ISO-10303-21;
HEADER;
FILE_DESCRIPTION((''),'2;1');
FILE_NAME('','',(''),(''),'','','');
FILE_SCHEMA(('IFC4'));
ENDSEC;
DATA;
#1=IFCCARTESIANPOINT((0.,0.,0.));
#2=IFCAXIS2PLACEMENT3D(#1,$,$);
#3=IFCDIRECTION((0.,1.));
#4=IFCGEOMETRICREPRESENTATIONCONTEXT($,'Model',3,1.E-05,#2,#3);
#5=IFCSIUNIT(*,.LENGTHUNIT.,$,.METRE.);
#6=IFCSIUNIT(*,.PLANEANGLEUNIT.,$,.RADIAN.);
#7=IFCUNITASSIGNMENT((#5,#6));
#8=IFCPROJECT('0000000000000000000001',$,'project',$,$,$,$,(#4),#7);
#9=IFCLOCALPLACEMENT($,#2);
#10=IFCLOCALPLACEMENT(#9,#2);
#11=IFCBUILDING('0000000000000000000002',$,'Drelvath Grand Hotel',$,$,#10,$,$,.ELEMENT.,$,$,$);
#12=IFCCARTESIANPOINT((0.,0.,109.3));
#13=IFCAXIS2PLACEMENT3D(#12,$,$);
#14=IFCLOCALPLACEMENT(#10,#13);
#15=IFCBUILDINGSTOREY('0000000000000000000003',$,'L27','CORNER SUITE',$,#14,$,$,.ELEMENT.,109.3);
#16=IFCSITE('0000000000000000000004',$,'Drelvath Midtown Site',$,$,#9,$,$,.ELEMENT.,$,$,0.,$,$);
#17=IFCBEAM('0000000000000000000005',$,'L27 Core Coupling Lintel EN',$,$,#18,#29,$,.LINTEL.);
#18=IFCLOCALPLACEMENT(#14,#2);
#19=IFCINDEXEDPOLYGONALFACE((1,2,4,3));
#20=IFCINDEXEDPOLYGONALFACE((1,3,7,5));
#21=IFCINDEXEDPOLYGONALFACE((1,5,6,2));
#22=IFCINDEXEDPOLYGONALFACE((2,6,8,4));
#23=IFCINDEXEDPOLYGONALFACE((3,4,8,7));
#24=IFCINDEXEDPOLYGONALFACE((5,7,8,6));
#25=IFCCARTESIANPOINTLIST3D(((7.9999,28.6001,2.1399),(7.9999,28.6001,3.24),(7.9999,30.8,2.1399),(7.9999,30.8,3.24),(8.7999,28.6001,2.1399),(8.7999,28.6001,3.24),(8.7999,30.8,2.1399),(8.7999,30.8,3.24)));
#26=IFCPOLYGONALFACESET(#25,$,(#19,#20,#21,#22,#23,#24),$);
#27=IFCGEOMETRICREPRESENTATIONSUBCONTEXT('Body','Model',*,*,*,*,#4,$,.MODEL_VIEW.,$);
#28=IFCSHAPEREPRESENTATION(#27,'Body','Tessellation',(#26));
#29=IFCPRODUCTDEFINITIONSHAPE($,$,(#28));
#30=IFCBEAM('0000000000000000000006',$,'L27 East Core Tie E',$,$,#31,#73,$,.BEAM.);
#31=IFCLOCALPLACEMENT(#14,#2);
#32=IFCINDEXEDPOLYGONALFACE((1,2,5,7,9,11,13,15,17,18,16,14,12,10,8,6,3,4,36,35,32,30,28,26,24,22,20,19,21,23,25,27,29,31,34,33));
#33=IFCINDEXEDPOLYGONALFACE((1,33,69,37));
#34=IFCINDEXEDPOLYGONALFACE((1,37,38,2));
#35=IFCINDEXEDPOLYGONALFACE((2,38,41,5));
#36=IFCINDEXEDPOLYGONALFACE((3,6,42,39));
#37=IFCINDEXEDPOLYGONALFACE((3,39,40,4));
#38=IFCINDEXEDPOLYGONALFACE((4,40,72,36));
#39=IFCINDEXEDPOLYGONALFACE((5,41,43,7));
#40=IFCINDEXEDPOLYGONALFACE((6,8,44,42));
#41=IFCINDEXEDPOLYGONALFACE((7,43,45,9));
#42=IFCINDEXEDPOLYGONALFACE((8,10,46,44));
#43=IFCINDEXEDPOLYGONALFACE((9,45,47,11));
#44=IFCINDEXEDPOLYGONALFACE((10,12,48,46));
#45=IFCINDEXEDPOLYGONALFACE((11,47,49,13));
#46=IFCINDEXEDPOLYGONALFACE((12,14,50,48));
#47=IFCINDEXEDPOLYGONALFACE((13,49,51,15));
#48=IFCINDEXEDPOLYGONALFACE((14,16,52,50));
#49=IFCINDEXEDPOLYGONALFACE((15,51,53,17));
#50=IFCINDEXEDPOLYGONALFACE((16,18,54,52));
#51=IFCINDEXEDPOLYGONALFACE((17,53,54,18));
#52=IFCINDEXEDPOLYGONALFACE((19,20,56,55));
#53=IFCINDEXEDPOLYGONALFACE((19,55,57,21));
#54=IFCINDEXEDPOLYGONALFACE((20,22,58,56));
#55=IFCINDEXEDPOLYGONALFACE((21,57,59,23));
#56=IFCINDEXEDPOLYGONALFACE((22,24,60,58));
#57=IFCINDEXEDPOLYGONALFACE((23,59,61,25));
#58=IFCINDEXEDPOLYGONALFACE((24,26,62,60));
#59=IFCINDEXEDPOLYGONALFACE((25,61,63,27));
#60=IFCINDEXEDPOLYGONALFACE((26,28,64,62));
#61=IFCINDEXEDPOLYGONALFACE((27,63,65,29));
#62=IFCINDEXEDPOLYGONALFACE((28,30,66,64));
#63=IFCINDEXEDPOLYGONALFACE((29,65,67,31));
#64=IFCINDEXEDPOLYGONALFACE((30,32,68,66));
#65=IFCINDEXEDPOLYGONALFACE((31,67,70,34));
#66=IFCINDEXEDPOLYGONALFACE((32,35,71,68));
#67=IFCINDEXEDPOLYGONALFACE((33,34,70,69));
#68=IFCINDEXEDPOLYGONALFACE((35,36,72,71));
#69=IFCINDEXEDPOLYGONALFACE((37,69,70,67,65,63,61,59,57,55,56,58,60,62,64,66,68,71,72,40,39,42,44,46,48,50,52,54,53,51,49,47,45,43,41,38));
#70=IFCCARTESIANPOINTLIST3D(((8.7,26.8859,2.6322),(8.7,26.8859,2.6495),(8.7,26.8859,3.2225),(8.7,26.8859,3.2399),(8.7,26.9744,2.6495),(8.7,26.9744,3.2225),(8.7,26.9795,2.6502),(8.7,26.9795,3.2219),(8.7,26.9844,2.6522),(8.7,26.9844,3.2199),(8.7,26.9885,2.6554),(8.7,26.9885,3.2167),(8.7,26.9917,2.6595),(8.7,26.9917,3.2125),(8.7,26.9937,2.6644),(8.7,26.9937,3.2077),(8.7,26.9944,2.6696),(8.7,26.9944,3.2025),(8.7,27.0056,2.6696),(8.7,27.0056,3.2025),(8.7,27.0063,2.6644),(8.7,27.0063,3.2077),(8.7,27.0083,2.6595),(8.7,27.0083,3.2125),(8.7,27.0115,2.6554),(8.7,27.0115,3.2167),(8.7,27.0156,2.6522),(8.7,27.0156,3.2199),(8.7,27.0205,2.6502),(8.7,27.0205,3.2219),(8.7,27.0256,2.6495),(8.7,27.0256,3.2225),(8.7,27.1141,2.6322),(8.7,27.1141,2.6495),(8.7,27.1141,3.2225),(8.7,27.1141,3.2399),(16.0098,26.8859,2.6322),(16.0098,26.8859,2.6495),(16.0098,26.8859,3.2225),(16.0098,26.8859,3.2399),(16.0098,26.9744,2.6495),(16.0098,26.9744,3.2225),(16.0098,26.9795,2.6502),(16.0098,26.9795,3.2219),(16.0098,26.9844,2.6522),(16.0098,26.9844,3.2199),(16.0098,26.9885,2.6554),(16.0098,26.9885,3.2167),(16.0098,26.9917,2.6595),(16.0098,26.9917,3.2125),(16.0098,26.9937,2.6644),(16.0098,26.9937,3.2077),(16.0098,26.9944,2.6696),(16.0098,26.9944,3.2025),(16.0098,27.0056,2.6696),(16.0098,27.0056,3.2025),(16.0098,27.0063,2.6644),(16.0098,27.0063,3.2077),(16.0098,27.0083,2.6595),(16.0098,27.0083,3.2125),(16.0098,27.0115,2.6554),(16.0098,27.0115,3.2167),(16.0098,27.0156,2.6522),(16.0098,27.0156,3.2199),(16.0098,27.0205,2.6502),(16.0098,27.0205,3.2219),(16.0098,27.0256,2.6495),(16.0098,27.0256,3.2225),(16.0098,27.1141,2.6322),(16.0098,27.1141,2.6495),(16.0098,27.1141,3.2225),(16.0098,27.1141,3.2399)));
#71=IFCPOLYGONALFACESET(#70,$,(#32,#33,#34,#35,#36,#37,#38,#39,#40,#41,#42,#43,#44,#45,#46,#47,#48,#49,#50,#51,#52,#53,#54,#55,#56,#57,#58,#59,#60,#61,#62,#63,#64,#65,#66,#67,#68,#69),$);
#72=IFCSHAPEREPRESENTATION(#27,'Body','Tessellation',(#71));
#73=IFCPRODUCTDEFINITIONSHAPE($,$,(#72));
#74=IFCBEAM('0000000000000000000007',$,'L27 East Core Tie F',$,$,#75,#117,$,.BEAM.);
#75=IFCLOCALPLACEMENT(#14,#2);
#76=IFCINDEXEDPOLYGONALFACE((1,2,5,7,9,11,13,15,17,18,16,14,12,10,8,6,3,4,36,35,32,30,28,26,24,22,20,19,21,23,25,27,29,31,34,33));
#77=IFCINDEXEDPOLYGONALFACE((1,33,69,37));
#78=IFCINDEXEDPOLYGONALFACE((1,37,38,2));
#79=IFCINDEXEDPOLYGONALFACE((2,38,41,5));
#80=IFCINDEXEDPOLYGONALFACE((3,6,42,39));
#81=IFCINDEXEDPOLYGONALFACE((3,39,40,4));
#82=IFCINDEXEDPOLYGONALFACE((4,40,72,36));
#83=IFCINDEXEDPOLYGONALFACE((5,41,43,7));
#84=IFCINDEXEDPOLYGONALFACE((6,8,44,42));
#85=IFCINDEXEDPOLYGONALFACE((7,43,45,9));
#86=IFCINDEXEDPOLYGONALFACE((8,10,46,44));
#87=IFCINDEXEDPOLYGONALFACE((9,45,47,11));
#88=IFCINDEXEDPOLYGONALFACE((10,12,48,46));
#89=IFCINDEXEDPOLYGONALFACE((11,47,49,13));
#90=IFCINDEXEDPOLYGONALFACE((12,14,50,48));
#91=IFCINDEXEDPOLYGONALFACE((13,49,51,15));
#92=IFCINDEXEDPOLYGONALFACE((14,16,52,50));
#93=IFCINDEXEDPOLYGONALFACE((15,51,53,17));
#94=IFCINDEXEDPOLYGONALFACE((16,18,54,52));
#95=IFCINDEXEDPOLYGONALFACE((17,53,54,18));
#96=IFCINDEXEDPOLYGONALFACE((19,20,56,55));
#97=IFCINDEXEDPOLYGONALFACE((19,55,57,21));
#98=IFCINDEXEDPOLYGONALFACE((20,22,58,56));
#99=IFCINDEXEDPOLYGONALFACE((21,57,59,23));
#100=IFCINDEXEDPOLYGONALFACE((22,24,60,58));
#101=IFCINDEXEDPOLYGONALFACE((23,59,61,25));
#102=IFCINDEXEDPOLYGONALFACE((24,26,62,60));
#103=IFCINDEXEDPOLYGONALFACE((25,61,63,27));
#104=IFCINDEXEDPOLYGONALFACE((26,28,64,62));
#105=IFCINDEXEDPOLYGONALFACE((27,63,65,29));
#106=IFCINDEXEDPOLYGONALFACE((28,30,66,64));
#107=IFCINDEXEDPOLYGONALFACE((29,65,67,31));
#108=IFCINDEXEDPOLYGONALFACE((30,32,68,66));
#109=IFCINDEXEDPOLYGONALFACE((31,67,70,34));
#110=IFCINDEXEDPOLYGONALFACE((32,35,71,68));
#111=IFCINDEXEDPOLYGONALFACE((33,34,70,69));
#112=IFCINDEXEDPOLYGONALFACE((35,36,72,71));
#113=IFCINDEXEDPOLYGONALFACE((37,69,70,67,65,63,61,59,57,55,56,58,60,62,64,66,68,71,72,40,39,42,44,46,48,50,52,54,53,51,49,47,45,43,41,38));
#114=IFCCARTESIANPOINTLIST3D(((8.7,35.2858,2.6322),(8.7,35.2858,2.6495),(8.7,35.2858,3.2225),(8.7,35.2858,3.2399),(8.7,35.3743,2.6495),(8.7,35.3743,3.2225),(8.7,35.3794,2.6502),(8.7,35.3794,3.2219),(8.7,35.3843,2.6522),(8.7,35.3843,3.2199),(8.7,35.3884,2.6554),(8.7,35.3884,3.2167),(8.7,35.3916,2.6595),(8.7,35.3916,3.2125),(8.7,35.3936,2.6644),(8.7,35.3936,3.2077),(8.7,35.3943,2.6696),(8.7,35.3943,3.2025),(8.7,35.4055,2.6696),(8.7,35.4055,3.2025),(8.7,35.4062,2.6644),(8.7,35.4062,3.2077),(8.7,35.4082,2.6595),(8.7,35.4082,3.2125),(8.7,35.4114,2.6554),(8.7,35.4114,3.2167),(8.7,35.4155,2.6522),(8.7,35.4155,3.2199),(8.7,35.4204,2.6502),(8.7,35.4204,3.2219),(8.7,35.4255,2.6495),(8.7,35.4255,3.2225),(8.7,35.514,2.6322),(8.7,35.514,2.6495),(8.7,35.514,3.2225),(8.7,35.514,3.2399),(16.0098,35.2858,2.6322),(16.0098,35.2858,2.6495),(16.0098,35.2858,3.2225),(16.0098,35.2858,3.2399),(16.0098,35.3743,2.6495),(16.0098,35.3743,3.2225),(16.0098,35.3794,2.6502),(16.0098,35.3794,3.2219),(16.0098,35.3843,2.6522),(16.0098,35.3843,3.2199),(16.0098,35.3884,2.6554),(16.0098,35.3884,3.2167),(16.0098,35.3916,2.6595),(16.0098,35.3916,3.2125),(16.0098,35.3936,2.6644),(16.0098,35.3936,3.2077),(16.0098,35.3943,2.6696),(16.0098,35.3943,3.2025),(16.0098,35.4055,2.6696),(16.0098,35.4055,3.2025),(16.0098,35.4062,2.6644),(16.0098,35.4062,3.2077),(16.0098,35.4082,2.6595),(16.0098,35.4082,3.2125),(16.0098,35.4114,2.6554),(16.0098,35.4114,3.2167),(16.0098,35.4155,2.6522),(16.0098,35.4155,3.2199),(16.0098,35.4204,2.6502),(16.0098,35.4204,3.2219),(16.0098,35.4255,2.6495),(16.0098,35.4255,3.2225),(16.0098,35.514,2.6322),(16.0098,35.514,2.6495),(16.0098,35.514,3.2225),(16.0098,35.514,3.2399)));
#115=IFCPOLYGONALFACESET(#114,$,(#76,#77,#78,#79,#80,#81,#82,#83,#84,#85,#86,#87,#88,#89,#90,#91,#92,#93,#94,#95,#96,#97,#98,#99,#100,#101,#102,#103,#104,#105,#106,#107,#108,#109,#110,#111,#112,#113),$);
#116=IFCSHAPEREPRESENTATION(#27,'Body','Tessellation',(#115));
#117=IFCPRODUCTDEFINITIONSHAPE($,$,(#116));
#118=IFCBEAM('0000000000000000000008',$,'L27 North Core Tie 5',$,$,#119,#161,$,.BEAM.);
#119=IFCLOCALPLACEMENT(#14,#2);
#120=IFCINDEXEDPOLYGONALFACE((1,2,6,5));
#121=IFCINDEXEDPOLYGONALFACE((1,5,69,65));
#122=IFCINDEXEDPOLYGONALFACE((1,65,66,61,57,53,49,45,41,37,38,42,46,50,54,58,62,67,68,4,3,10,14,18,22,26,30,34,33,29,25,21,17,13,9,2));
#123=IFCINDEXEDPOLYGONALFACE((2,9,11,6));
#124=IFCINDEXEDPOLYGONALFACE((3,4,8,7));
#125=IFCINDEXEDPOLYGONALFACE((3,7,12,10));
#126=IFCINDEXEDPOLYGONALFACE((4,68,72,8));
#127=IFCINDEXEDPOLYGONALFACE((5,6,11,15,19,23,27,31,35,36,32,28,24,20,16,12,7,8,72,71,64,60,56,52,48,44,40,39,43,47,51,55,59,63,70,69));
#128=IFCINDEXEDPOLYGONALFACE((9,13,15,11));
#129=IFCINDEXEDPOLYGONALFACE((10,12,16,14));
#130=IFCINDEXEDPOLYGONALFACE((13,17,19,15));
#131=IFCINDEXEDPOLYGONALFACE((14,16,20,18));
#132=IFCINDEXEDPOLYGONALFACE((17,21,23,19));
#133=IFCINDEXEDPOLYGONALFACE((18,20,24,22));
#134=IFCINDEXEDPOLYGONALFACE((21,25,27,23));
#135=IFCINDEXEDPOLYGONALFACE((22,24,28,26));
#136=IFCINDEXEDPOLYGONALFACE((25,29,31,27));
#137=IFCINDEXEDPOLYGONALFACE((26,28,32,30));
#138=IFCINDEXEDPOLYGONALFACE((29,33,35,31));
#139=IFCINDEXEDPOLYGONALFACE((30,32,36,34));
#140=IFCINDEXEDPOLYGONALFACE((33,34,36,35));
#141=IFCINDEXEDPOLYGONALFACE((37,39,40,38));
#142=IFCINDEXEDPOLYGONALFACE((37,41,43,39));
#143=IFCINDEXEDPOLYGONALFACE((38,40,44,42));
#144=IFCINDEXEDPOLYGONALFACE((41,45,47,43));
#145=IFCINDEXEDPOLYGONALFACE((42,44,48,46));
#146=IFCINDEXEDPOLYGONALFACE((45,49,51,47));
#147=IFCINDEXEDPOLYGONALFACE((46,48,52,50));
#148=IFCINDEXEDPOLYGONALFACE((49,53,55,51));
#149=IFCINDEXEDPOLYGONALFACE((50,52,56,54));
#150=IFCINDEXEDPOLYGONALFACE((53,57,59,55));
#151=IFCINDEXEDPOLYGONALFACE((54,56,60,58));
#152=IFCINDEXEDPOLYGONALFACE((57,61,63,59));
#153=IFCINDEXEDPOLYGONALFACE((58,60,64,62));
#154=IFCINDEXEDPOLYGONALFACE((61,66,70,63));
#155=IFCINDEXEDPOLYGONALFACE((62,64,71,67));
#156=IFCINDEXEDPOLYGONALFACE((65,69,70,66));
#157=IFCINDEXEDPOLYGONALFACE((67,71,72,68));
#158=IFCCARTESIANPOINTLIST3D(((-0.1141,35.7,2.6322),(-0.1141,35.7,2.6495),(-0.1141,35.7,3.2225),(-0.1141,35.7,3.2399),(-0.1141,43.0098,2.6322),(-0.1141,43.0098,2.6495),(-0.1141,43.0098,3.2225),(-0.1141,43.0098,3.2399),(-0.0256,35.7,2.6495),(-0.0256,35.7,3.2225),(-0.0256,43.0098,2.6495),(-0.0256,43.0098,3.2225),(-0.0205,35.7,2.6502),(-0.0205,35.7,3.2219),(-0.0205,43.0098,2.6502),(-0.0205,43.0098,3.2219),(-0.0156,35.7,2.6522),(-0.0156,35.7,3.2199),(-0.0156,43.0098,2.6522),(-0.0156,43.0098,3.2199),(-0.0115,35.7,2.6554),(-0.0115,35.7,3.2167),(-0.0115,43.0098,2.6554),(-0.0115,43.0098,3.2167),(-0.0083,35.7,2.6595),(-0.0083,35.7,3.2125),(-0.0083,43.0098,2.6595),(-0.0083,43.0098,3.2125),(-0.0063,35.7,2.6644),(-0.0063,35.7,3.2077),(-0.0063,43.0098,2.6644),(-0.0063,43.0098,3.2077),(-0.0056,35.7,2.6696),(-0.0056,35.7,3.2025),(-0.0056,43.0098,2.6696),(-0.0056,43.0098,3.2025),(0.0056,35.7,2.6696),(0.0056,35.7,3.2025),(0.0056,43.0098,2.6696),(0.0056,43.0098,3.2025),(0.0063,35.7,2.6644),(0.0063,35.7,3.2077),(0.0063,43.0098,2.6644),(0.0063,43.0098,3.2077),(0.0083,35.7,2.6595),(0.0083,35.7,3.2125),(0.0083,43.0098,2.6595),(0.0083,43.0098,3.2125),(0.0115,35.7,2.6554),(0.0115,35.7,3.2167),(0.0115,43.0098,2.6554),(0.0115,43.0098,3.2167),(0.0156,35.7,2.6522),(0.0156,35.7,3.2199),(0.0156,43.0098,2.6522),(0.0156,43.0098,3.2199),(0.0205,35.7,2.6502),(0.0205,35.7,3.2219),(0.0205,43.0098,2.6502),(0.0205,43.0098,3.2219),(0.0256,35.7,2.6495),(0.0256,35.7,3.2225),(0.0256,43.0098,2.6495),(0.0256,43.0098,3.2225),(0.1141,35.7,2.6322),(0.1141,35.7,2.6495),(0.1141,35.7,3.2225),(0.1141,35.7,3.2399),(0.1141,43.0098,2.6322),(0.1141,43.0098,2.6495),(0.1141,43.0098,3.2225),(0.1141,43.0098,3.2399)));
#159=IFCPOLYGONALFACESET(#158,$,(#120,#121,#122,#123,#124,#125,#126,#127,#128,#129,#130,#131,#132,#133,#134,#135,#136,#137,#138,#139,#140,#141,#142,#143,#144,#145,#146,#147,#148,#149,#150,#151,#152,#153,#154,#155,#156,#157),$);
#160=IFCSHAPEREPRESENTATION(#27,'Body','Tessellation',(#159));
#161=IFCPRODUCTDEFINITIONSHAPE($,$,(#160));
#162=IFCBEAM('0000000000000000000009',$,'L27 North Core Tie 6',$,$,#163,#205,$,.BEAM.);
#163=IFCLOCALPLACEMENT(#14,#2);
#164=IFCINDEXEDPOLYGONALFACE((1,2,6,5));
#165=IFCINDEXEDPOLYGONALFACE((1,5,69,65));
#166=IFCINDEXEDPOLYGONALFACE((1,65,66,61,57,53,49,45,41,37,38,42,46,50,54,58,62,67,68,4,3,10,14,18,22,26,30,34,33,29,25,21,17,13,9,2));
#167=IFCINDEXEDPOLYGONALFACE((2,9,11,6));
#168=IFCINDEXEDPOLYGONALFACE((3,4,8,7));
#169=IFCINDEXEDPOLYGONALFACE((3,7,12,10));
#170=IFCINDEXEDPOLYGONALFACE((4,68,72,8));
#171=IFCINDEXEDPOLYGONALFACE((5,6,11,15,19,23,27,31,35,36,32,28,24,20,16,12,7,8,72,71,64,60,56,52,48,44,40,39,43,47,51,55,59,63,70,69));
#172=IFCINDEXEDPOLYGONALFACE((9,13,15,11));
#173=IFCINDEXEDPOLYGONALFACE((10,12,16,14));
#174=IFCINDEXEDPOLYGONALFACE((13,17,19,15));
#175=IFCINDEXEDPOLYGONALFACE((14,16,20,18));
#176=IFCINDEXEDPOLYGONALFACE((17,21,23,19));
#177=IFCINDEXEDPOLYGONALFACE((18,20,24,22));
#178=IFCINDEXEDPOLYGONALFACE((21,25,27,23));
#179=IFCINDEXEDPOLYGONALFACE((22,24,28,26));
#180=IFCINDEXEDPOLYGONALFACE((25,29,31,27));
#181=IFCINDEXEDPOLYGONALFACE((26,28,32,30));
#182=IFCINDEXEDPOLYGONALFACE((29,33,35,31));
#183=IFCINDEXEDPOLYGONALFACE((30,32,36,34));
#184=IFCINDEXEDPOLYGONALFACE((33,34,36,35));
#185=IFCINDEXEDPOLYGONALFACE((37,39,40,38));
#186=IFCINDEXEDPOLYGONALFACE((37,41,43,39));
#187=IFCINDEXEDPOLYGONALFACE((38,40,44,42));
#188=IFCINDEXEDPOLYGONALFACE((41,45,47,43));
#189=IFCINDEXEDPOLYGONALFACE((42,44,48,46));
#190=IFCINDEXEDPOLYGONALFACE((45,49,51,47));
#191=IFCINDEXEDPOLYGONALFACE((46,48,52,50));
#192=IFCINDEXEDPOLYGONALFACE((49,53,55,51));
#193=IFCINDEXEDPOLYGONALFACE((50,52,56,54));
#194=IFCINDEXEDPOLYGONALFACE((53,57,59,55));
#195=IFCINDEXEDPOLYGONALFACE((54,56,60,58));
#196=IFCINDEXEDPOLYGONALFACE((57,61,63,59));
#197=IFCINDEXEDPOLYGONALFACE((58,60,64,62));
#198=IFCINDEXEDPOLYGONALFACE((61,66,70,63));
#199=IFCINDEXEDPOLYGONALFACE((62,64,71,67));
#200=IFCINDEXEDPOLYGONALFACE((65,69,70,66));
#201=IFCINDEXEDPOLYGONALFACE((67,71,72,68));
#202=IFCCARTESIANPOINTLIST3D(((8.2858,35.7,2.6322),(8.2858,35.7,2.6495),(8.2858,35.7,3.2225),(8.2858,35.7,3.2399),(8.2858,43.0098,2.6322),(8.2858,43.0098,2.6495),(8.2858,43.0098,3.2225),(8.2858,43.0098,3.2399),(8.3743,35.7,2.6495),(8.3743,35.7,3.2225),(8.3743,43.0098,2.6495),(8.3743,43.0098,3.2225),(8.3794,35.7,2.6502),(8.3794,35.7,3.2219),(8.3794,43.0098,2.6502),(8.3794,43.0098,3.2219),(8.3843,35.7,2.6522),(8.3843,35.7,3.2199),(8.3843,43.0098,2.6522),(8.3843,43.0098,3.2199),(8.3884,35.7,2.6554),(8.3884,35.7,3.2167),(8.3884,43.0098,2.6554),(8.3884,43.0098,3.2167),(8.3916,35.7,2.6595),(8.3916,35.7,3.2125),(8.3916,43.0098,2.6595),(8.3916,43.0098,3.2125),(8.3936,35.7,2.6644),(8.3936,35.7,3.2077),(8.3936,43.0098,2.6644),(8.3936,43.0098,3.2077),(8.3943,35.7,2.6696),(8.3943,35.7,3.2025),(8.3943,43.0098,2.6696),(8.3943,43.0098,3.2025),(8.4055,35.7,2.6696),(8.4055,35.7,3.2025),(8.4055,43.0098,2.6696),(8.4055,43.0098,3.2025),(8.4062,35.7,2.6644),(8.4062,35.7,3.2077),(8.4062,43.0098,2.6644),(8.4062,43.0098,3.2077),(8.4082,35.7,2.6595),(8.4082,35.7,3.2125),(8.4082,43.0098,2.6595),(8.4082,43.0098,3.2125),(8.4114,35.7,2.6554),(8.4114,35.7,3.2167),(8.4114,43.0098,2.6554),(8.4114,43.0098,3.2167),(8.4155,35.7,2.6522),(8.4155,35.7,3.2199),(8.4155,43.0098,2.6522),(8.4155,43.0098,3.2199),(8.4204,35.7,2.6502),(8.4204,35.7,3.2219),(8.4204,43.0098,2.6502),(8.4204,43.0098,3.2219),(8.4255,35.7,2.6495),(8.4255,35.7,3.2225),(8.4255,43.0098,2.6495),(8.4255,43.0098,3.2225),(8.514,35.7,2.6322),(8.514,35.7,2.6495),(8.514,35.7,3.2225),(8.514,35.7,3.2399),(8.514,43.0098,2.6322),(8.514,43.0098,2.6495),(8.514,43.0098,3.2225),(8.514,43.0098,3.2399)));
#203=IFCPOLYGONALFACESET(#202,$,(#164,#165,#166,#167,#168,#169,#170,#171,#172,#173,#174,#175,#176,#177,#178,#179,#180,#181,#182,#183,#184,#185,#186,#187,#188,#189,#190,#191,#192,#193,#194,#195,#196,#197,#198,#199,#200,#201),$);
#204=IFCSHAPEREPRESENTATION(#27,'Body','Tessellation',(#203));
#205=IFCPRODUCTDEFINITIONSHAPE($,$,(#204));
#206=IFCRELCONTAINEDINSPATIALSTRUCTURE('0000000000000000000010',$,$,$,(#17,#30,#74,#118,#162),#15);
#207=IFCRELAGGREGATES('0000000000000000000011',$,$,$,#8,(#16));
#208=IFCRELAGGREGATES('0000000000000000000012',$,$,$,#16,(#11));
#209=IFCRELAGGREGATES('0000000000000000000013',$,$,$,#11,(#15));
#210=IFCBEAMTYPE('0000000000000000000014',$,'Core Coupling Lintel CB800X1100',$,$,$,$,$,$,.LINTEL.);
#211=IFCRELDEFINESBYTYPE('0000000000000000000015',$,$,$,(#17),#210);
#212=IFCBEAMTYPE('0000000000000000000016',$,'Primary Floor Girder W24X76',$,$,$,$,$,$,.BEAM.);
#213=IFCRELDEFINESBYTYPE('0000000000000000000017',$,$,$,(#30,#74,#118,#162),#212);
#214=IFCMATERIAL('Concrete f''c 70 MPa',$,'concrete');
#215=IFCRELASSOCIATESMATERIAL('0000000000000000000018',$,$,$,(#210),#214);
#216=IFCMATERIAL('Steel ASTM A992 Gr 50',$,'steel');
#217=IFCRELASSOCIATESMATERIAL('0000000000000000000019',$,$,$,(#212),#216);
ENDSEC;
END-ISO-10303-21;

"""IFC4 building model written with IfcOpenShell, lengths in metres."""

from ifc_helpers import new_model, si_unit, direction, frame, origin, origin_2d, place, context, subcontext, project, spatial, rectangle, i_section, extrude, material, material_profile, profile_set, type_object, element, save


model = new_model("IFC4")

# Units and contexts
model_context = context("Model", 3, precision=1e-05, world=origin(), true_north=direction((0.0, 1.0)))
body_context = subcontext(model_context, "Body", "Model", "MODEL_VIEW")
ifc_project = project(units=[si_unit("LENGTHUNIT", "METRE"), si_unit("PLANEANGLEUNIT", "RADIAN")], contexts=[model_context])

# Site, building, storey
site_placement = place(None, origin())
site = spatial("IfcSite", under=ifc_project, at=site_placement, Name="Drelvath Midtown Site", CompositionType="ELEMENT", RefElevation=0.0)
building_placement = place(site_placement, origin())
building = spatial("IfcBuilding", under=site, at=building_placement, Name="Drelvath Grand Hotel", CompositionType="ELEMENT")
storey_placement = place(building_placement, frame((0.0, 0.0, 109.3)))
storey = spatial("IfcBuildingStorey", under=building, at=storey_placement, Name="L27", Description="CORNER SUITE", CompositionType="ELEMENT", Elevation=109.3)

# Beams
ifc_material_1 = material(Name="Concrete f'c 70 MPa", Category="concrete")
ifc_material_profile_1 = material_profile(ifc_material_1, rectangle(XDim=0.8, YDim=1.1001, at=origin_2d()), Name="CB800X1100")
ifc_profile_set_1 = profile_set([ifc_material_profile_1], Name="Concrete f'c 70 MPa")
beam_type_1 = type_object("IfcBeamType", Name="Core Coupling Lintel CB800X1100", PredefinedType="LINTEL", material=ifc_profile_set_1)
beam_placement = place(storey_placement, frame((8.3999, 28.6001, 2.6899), z_axis=(0.0, 1.0, 0.0), x_axis=(-1.0, 0.0, 0.0)))
element("IfcBeam", 1, at=beam_placement, inside=storey, type_object=beam_type_1, Name="L27 Core Coupling Lintel EN", PredefinedType="LINTEL", context=body_context, shape_type="SweptSolid", body=[
    extrude(rectangle(XDim=0.8, YDim=1.1001, at=origin_2d()), origin(), (0.0, 0.0, 1.0), 2.2),
])
ifc_material_2 = material(Name="Steel ASTM A992 Gr 50", Category="steel")
ifc_material_profile_2 = material_profile(ifc_material_2, i_section(OverallWidth=0.2283, OverallDepth=0.6077, WebThickness=0.0112, FlangeThickness=0.0173, FilletRadius=0.02, at=origin_2d()), Name="W24X76")
ifc_profile_set_2 = profile_set([ifc_material_profile_2], Name="Steel ASTM A992 Gr 50")
beam_type_2 = type_object("IfcBeamType", Name="Primary Floor Girder W24X76", PredefinedType="BEAM", material=ifc_profile_set_2)
for number, where, z_axis, x_axis, name in (
    (2, (8.7, 27.0, 2.936), (1.0, 0.0, 0.0), (0.0, 1.0, 0.0), "L27 East Core Tie E"),
    (3, (8.7, 35.3999, 2.936), (1.0, 0.0, 0.0), (0.0, 1.0, 0.0), "L27 East Core Tie F"),
    (4, (0.0, 35.7, 2.936), (0.0, 1.0, 0.0), (-1.0, 0.0, 0.0), "L27 North Core Tie 5"),
    (5, (8.3999, 35.7, 2.936), (0.0, 1.0, 0.0), (-1.0, 0.0, 0.0), "L27 North Core Tie 6"),
):
    element("IfcBeam", number, at=place(storey_placement, frame(where, z_axis=z_axis, x_axis=x_axis)), inside=storey, type_object=beam_type_2, Name=name, PredefinedType="BEAM", context=body_context, shape_type="SweptSolid", body=[
        extrude(i_section(OverallWidth=0.2283, OverallDepth=0.6077, WebThickness=0.0112, FlangeThickness=0.0173, FilletRadius=0.02, at=origin_2d()), origin(), (0.0, 0.0, 1.0), 7.3098),
    ])

save(model, "model.ifc")
